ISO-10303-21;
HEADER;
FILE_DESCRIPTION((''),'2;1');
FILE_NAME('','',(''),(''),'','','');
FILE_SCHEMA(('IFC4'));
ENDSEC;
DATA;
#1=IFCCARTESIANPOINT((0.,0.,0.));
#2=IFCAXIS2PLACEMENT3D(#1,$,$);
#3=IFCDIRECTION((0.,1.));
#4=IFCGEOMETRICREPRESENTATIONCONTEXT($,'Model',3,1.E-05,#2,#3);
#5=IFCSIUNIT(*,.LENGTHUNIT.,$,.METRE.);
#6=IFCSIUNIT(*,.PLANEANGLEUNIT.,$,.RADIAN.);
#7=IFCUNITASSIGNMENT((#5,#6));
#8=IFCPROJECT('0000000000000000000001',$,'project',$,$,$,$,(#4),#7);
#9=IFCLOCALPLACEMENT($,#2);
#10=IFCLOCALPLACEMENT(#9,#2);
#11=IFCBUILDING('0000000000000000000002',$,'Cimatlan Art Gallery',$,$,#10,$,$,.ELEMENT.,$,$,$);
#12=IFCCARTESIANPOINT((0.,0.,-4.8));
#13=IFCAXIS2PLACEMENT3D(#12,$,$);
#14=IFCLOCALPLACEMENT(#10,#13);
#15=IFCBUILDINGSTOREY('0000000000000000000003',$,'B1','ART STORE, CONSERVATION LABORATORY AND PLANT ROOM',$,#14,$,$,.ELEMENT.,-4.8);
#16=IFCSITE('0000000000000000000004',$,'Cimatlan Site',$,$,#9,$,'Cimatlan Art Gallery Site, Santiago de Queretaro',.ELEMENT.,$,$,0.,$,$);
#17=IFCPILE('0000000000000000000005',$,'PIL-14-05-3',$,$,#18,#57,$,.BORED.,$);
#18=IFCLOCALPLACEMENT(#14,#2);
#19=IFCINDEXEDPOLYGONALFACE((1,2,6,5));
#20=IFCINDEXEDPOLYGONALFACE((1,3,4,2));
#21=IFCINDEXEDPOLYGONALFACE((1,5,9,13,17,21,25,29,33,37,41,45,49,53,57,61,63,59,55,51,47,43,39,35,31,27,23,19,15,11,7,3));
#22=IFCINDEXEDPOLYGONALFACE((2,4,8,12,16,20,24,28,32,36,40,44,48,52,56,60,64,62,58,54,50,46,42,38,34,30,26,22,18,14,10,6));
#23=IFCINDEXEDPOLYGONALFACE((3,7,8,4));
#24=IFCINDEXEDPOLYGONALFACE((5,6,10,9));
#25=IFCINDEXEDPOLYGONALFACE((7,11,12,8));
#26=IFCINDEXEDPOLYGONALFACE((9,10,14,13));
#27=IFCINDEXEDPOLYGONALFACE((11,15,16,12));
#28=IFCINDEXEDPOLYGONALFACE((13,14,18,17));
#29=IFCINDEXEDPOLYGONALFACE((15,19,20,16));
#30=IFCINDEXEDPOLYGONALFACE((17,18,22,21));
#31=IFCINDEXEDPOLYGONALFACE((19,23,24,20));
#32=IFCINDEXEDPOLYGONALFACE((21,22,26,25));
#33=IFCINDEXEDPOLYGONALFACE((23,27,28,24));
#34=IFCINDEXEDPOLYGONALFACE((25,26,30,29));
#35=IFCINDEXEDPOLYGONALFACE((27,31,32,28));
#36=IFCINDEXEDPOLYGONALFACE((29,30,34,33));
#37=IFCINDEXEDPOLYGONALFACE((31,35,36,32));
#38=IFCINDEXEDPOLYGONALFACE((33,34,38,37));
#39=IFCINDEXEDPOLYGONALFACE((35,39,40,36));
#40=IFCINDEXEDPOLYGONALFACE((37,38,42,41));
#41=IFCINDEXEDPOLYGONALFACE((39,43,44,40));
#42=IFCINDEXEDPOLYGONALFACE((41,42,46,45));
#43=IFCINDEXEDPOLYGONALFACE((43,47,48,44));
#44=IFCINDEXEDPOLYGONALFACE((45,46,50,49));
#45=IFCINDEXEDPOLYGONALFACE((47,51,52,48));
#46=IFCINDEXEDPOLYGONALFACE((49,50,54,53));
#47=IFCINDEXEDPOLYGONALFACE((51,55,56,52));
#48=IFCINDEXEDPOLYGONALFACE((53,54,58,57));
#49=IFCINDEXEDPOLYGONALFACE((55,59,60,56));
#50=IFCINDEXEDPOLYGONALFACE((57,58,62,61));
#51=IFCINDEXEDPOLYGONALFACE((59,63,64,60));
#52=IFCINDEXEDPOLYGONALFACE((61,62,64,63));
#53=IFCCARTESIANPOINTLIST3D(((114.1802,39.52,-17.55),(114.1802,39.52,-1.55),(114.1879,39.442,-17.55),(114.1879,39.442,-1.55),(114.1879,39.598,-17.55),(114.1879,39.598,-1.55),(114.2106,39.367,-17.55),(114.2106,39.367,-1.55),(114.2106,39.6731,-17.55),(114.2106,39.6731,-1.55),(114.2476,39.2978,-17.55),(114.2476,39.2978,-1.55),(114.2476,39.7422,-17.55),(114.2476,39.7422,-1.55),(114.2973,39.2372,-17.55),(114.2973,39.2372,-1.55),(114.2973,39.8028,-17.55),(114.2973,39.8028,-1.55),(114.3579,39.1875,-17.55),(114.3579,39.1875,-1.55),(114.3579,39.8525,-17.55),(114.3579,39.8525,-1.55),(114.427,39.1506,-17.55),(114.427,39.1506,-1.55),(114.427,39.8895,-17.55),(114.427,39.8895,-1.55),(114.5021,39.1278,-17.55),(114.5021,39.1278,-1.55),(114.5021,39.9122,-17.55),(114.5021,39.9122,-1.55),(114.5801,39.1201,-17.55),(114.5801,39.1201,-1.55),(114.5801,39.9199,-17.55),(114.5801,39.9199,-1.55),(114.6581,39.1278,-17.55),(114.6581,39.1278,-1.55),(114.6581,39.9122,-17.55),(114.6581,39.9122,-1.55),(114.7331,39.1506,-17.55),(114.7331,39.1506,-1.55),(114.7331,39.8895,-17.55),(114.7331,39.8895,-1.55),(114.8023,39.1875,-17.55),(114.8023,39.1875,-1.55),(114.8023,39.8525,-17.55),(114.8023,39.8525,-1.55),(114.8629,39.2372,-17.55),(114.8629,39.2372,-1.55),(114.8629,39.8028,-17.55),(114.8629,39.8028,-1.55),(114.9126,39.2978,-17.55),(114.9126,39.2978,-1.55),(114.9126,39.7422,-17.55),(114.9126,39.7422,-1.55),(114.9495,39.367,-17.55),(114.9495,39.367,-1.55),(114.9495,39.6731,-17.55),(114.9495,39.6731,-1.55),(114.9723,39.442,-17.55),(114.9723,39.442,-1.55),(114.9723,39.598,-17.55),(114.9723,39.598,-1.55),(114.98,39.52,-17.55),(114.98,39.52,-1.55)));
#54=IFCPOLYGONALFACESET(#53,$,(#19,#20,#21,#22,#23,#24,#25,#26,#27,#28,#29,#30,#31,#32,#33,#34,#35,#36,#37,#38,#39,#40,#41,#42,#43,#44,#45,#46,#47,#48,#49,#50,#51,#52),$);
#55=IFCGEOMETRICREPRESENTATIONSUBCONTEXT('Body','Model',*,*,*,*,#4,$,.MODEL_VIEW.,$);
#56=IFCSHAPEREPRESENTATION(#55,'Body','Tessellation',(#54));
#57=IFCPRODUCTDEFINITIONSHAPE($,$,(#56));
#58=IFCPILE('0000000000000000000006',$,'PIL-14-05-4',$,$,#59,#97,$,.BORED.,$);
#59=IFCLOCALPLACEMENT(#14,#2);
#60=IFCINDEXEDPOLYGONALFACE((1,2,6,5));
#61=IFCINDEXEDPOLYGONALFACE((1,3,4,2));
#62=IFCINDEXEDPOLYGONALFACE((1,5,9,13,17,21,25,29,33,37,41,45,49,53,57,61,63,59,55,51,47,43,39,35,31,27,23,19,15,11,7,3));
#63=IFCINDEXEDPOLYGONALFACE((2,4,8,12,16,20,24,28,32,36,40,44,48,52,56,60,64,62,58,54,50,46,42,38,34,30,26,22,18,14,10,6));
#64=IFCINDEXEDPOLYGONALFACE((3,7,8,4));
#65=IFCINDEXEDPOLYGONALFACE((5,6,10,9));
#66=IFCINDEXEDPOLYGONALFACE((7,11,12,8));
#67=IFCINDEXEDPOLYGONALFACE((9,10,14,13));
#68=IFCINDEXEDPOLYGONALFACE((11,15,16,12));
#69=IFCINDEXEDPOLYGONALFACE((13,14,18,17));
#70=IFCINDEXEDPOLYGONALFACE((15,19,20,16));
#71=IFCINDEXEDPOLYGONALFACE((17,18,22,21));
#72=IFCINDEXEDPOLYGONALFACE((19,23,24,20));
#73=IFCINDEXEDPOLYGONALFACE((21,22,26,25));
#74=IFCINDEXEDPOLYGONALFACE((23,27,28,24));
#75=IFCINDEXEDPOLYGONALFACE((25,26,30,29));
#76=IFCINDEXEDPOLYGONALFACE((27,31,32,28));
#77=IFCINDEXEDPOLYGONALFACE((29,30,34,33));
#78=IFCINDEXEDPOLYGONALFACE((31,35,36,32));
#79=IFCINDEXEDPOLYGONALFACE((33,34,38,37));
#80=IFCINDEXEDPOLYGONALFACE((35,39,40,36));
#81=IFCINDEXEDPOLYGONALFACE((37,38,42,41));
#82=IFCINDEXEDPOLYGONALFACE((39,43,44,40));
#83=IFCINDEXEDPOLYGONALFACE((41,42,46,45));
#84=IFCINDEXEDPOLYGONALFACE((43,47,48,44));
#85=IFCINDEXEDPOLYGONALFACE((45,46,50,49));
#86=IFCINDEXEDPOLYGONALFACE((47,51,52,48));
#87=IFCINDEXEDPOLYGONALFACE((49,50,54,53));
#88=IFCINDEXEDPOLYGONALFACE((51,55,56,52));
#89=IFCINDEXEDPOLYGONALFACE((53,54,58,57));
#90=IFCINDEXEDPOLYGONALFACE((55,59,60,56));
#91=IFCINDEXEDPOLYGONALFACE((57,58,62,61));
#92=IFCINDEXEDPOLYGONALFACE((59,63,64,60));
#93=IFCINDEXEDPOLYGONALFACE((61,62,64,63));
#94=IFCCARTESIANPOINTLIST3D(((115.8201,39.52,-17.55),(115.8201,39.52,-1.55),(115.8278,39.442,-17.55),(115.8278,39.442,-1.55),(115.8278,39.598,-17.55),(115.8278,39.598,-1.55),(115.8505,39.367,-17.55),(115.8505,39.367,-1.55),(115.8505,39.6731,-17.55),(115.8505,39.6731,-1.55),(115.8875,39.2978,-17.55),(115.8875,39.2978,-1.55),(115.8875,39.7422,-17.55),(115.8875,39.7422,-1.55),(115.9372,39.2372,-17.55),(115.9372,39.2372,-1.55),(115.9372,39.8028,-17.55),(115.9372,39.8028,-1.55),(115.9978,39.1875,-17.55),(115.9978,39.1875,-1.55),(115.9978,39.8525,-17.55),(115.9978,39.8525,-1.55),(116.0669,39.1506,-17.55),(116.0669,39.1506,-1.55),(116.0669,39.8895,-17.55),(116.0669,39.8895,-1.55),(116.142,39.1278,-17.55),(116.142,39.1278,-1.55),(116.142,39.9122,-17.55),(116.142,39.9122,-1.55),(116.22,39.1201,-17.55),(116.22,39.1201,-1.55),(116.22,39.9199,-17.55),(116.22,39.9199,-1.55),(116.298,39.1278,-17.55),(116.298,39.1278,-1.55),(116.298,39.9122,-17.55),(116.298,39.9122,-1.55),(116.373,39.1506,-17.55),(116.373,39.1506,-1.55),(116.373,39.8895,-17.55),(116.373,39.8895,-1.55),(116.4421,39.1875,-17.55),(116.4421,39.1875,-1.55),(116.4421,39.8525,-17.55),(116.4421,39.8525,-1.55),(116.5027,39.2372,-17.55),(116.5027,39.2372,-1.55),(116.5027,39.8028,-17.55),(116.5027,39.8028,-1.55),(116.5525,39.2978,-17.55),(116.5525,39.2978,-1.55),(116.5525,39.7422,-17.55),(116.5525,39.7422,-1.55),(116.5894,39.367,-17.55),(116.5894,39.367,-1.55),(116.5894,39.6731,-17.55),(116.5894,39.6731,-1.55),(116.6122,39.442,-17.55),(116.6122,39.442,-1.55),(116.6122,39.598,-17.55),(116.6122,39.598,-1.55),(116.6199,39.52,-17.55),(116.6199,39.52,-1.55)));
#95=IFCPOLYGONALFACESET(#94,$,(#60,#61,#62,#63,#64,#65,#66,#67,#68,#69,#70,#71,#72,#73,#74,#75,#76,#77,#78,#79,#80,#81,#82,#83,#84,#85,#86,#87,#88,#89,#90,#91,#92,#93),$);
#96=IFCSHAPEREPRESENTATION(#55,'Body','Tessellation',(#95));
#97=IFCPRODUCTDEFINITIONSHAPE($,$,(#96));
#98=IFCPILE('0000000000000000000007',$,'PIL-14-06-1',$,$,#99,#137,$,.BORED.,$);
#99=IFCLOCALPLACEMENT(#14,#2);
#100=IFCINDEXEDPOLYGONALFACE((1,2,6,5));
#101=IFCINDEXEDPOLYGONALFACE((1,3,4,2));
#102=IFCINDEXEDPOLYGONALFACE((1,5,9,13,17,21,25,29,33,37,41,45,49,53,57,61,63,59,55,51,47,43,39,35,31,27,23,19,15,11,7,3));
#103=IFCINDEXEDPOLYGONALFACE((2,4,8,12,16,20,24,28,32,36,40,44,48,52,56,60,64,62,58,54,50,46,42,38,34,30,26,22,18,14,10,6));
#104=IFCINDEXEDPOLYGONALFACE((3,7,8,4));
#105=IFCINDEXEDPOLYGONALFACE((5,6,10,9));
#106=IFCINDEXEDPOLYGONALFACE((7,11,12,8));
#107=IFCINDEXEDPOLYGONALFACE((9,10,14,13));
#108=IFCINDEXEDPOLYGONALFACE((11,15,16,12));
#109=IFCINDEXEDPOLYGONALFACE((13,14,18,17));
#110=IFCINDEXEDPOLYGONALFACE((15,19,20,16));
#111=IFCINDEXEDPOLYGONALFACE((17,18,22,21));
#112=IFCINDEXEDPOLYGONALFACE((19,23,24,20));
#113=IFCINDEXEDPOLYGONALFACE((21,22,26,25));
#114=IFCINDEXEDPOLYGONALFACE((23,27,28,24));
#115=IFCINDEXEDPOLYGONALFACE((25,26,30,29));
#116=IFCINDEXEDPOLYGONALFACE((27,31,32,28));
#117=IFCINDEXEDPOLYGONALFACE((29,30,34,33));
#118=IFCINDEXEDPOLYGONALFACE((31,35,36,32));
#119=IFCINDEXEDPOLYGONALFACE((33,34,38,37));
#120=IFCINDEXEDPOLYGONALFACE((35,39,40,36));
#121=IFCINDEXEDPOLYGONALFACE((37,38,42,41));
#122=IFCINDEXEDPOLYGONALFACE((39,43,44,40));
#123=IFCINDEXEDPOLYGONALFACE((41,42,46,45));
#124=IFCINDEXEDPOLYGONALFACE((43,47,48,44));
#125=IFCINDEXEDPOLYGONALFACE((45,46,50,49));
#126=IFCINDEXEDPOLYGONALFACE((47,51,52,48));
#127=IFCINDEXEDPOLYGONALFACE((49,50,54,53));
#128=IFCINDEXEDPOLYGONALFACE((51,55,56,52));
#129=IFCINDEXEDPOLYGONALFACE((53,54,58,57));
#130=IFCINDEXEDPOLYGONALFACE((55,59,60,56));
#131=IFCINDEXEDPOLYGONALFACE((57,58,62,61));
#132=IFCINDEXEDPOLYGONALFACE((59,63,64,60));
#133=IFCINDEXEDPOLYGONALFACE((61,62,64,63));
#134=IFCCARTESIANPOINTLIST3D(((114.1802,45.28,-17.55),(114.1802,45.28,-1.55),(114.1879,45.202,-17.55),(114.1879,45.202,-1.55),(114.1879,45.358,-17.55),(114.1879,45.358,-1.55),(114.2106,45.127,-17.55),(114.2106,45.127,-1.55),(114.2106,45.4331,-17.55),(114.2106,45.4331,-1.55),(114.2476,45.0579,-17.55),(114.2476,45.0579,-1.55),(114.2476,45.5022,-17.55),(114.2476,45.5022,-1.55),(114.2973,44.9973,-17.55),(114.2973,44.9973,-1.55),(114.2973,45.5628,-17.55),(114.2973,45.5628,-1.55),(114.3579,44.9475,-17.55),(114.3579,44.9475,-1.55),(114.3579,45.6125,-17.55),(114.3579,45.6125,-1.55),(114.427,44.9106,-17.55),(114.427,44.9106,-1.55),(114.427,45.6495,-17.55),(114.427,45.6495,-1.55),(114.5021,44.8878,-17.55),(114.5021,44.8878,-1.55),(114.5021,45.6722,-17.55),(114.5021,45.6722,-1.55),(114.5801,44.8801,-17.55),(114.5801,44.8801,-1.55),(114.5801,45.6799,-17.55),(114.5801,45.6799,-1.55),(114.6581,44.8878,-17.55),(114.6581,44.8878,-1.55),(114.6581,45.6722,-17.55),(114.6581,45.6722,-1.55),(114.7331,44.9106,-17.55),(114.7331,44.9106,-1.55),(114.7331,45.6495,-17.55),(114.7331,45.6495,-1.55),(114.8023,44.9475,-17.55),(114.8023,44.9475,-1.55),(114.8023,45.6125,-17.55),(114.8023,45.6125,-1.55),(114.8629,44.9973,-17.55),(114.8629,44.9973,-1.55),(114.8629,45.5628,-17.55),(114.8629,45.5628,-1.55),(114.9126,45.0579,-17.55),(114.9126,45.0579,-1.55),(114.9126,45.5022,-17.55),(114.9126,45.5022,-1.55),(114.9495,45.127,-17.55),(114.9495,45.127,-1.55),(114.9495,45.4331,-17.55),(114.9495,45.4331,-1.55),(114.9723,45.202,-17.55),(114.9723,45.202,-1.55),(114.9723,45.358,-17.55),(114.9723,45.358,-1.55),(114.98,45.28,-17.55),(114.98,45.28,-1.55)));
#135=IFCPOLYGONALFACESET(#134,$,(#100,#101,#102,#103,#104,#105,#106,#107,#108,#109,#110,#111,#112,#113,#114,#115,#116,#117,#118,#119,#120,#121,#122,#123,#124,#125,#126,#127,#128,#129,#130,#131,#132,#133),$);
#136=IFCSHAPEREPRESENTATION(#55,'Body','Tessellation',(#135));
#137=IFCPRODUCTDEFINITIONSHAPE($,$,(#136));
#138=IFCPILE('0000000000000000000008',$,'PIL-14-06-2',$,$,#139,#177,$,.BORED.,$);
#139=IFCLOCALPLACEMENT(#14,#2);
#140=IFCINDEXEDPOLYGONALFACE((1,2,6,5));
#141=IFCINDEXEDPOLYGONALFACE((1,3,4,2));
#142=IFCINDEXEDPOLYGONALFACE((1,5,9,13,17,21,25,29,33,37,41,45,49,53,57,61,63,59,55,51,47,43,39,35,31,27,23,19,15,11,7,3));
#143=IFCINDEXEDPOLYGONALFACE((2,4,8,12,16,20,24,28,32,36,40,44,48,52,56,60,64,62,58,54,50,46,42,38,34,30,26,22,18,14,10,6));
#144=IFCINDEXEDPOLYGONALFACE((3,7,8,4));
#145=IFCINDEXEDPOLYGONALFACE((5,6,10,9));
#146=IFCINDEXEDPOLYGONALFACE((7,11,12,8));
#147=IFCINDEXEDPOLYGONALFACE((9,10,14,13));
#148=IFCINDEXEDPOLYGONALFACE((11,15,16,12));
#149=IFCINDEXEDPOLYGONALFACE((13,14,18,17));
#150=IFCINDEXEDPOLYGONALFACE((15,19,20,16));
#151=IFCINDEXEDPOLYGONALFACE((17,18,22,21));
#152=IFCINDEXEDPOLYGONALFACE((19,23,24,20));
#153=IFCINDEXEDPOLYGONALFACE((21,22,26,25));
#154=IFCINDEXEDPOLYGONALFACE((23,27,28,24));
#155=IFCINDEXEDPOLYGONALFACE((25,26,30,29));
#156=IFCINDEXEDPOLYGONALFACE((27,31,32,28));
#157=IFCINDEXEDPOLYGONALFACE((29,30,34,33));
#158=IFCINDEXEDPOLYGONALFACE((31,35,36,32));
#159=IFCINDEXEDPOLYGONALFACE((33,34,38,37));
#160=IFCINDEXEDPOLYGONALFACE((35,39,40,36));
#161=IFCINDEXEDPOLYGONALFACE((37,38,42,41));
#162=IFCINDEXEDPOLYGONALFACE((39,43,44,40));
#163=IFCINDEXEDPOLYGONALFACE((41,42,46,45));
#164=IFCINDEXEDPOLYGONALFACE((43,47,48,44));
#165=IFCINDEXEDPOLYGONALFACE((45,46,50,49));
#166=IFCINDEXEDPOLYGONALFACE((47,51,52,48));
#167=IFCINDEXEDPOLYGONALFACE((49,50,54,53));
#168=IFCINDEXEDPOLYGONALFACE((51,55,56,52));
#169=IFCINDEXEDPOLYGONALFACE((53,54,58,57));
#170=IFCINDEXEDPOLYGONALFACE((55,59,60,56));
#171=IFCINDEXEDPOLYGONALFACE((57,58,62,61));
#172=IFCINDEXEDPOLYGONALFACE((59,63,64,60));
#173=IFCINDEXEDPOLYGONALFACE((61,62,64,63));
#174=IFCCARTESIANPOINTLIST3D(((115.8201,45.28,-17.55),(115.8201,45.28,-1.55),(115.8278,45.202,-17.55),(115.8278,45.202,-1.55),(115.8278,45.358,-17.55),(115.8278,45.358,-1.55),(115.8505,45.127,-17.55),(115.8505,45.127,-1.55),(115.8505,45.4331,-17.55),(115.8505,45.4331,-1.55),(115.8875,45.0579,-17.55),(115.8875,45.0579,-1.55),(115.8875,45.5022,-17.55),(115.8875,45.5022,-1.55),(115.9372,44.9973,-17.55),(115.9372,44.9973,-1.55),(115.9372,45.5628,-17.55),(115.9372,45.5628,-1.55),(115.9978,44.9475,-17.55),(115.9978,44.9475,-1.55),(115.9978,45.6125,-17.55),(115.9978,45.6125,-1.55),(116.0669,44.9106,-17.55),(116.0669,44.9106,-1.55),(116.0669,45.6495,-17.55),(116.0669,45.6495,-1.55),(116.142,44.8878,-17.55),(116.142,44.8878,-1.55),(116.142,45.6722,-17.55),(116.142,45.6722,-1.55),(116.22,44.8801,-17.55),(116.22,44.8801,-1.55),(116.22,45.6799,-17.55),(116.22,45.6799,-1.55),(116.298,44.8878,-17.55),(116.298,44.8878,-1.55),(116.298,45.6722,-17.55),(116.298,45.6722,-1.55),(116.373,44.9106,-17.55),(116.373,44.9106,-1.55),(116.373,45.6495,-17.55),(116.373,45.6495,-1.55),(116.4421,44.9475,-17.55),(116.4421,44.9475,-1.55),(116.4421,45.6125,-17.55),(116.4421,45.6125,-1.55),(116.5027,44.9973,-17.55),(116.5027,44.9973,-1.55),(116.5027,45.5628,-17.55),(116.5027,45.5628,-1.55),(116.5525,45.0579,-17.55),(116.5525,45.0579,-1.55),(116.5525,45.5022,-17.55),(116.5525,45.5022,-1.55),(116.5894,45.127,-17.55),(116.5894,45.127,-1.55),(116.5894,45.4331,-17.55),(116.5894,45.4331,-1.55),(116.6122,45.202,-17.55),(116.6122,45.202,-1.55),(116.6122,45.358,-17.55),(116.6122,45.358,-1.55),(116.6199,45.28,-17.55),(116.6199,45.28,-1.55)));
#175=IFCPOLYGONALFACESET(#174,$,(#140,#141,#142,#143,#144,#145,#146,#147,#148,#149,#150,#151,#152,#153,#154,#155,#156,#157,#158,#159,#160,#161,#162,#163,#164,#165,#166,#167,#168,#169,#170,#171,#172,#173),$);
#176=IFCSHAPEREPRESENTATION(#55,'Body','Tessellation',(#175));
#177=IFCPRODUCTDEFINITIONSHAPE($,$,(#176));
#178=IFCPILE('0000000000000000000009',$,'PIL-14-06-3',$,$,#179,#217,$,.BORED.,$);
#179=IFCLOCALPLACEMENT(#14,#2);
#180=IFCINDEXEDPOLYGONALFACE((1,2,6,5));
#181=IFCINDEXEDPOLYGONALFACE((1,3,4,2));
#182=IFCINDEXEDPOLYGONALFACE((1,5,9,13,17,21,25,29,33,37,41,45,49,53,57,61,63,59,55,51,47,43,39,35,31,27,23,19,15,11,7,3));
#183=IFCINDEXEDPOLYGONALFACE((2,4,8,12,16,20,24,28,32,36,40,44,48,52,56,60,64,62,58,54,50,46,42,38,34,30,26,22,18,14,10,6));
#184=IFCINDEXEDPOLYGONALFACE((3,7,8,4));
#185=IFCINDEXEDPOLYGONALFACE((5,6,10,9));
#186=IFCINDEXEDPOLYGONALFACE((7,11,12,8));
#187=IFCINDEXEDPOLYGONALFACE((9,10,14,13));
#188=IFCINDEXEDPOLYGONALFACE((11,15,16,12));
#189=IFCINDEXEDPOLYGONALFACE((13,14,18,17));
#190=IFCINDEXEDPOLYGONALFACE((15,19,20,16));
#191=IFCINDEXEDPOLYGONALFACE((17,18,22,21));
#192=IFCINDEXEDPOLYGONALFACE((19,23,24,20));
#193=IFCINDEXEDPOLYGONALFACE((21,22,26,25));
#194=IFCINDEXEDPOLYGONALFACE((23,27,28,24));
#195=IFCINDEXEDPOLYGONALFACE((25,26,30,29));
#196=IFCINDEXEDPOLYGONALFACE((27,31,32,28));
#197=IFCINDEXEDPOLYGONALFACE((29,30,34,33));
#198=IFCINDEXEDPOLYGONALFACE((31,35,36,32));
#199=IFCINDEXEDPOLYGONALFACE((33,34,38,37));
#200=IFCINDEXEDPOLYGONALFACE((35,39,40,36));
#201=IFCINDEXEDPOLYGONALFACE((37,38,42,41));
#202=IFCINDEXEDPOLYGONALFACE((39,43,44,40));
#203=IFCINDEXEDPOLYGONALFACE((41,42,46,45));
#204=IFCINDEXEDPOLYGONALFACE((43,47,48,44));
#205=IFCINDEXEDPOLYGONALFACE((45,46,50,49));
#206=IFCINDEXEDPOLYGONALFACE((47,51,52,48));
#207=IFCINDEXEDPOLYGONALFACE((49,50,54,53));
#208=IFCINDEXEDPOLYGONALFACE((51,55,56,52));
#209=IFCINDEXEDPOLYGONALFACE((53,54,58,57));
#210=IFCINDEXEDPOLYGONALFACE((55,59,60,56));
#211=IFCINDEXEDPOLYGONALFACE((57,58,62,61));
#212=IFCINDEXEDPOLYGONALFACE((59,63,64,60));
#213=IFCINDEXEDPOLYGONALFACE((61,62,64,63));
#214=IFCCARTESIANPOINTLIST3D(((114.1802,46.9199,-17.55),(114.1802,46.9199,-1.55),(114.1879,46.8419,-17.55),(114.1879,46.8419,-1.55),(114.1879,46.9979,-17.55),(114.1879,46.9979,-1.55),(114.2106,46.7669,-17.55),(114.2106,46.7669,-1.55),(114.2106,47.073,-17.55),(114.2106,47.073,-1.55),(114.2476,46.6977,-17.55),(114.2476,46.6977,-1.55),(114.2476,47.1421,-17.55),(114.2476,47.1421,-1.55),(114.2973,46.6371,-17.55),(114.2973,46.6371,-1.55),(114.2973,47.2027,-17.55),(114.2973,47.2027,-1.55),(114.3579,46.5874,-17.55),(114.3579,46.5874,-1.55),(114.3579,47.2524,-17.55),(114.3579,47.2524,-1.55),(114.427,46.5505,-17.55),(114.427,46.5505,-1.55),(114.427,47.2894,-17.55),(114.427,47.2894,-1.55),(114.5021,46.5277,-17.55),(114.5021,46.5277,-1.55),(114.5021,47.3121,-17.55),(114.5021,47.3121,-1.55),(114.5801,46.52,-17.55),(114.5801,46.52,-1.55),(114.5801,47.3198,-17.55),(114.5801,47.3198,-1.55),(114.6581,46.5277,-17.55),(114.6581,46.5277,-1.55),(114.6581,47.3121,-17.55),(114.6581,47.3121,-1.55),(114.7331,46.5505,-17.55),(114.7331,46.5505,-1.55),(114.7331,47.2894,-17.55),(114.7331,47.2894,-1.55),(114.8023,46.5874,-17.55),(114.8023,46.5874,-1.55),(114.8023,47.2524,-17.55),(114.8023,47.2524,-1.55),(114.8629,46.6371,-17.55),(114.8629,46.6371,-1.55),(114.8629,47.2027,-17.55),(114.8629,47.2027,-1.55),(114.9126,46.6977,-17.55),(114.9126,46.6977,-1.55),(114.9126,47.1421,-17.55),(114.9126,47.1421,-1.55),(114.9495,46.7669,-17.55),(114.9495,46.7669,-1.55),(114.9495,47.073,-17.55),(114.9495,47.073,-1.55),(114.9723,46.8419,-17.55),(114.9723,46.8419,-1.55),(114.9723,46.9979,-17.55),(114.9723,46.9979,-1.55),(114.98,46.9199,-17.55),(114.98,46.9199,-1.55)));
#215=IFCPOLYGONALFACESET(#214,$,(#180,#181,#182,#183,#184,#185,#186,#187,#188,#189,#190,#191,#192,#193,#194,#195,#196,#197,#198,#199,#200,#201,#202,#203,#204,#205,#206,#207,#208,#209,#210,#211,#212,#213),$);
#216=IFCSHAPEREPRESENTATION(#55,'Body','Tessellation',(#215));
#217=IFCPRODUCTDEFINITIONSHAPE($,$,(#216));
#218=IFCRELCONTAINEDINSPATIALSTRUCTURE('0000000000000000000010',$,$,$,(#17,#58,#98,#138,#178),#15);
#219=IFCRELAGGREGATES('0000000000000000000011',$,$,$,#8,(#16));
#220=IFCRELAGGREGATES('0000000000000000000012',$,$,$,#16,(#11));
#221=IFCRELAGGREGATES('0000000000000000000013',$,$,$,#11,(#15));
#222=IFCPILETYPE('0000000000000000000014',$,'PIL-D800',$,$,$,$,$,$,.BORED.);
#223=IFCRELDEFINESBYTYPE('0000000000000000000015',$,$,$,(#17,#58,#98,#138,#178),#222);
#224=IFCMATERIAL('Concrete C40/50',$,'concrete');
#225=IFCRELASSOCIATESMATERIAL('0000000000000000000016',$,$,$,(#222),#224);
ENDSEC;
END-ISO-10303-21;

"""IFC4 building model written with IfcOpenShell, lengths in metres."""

from ifc_helpers import new_model, si_unit, direction, frame, origin, origin_2d, place, context, subcontext, project, spatial, circle, extrude, material, type_object, element, save


model = new_model("IFC4")

# Units and contexts
model_context = context("Model", 3, precision=1e-05, world=origin(), true_north=direction((0.0, 1.0)))
body_context = subcontext(model_context, "Body", "Model", "MODEL_VIEW")
ifc_project = project(units=[si_unit("LENGTHUNIT", "METRE"), si_unit("PLANEANGLEUNIT", "RADIAN")], contexts=[model_context])

# Site, building, storey
site_placement = place(None, origin())
site = spatial("IfcSite", under=ifc_project, at=site_placement, Name="Cimatlan Site", LongName="Cimatlan Art Gallery Site, Santiago de Queretaro", CompositionType="ELEMENT", RefElevation=0.0)
building_placement = place(site_placement, origin())
building = spatial("IfcBuilding", under=site, at=building_placement, Name="Cimatlan Art Gallery", CompositionType="ELEMENT")
storey_placement = place(building_placement, frame((0.0, 0.0, -4.8)))
storey = spatial("IfcBuildingStorey", under=building, at=storey_placement, Name="B1", Description="ART STORE, CONSERVATION LABORATORY AND PLANT ROOM", CompositionType="ELEMENT", Elevation=-4.8)

# Shared definitions
ifc_material_1 = material(Name="Concrete C40/50", Category="concrete")

# Piles
pile_type_1 = type_object("IfcPileType", Name="PIL-D800", PredefinedType="BORED", material=ifc_material_1)
for number, where, z_axis, x_axis, name in (
    (1, (114.5801, 39.52, -1.55), (0.0, 0.0, -1.0), (1.0, 0.0, 0.0), "PIL-14-05-3"),
    (2, (116.22, 39.52, -1.55), (0.0, 0.0, -1.0), (1.0, 0.0, 0.0), "PIL-14-05-4"),
    (3, (114.5801, 45.28, -1.55), (0.0, 0.0, -1.0), (1.0, 0.0, 0.0), "PIL-14-06-1"),
    (4, (116.22, 45.28, -1.55), (0.0, 0.0, -1.0), (1.0, 0.0, 0.0), "PIL-14-06-2"),
    (5, (114.5801, 46.9199, -1.55), (0.0, 0.0, -1.0), (1.0, 0.0, 0.0), "PIL-14-06-3"),
):
    element("IfcPile", number, at=place(storey_placement, frame(where, z_axis=z_axis, x_axis=x_axis)), inside=storey, type_object=pile_type_1, Name=name, PredefinedType="BORED", context=body_context, shape_type="SweptSolid", body=[
        extrude(circle(Radius=0.3999, at=origin_2d()), origin(), (0.0, 0.0, 1.0), 16.0),
    ])

save(model, "model.ifc")
